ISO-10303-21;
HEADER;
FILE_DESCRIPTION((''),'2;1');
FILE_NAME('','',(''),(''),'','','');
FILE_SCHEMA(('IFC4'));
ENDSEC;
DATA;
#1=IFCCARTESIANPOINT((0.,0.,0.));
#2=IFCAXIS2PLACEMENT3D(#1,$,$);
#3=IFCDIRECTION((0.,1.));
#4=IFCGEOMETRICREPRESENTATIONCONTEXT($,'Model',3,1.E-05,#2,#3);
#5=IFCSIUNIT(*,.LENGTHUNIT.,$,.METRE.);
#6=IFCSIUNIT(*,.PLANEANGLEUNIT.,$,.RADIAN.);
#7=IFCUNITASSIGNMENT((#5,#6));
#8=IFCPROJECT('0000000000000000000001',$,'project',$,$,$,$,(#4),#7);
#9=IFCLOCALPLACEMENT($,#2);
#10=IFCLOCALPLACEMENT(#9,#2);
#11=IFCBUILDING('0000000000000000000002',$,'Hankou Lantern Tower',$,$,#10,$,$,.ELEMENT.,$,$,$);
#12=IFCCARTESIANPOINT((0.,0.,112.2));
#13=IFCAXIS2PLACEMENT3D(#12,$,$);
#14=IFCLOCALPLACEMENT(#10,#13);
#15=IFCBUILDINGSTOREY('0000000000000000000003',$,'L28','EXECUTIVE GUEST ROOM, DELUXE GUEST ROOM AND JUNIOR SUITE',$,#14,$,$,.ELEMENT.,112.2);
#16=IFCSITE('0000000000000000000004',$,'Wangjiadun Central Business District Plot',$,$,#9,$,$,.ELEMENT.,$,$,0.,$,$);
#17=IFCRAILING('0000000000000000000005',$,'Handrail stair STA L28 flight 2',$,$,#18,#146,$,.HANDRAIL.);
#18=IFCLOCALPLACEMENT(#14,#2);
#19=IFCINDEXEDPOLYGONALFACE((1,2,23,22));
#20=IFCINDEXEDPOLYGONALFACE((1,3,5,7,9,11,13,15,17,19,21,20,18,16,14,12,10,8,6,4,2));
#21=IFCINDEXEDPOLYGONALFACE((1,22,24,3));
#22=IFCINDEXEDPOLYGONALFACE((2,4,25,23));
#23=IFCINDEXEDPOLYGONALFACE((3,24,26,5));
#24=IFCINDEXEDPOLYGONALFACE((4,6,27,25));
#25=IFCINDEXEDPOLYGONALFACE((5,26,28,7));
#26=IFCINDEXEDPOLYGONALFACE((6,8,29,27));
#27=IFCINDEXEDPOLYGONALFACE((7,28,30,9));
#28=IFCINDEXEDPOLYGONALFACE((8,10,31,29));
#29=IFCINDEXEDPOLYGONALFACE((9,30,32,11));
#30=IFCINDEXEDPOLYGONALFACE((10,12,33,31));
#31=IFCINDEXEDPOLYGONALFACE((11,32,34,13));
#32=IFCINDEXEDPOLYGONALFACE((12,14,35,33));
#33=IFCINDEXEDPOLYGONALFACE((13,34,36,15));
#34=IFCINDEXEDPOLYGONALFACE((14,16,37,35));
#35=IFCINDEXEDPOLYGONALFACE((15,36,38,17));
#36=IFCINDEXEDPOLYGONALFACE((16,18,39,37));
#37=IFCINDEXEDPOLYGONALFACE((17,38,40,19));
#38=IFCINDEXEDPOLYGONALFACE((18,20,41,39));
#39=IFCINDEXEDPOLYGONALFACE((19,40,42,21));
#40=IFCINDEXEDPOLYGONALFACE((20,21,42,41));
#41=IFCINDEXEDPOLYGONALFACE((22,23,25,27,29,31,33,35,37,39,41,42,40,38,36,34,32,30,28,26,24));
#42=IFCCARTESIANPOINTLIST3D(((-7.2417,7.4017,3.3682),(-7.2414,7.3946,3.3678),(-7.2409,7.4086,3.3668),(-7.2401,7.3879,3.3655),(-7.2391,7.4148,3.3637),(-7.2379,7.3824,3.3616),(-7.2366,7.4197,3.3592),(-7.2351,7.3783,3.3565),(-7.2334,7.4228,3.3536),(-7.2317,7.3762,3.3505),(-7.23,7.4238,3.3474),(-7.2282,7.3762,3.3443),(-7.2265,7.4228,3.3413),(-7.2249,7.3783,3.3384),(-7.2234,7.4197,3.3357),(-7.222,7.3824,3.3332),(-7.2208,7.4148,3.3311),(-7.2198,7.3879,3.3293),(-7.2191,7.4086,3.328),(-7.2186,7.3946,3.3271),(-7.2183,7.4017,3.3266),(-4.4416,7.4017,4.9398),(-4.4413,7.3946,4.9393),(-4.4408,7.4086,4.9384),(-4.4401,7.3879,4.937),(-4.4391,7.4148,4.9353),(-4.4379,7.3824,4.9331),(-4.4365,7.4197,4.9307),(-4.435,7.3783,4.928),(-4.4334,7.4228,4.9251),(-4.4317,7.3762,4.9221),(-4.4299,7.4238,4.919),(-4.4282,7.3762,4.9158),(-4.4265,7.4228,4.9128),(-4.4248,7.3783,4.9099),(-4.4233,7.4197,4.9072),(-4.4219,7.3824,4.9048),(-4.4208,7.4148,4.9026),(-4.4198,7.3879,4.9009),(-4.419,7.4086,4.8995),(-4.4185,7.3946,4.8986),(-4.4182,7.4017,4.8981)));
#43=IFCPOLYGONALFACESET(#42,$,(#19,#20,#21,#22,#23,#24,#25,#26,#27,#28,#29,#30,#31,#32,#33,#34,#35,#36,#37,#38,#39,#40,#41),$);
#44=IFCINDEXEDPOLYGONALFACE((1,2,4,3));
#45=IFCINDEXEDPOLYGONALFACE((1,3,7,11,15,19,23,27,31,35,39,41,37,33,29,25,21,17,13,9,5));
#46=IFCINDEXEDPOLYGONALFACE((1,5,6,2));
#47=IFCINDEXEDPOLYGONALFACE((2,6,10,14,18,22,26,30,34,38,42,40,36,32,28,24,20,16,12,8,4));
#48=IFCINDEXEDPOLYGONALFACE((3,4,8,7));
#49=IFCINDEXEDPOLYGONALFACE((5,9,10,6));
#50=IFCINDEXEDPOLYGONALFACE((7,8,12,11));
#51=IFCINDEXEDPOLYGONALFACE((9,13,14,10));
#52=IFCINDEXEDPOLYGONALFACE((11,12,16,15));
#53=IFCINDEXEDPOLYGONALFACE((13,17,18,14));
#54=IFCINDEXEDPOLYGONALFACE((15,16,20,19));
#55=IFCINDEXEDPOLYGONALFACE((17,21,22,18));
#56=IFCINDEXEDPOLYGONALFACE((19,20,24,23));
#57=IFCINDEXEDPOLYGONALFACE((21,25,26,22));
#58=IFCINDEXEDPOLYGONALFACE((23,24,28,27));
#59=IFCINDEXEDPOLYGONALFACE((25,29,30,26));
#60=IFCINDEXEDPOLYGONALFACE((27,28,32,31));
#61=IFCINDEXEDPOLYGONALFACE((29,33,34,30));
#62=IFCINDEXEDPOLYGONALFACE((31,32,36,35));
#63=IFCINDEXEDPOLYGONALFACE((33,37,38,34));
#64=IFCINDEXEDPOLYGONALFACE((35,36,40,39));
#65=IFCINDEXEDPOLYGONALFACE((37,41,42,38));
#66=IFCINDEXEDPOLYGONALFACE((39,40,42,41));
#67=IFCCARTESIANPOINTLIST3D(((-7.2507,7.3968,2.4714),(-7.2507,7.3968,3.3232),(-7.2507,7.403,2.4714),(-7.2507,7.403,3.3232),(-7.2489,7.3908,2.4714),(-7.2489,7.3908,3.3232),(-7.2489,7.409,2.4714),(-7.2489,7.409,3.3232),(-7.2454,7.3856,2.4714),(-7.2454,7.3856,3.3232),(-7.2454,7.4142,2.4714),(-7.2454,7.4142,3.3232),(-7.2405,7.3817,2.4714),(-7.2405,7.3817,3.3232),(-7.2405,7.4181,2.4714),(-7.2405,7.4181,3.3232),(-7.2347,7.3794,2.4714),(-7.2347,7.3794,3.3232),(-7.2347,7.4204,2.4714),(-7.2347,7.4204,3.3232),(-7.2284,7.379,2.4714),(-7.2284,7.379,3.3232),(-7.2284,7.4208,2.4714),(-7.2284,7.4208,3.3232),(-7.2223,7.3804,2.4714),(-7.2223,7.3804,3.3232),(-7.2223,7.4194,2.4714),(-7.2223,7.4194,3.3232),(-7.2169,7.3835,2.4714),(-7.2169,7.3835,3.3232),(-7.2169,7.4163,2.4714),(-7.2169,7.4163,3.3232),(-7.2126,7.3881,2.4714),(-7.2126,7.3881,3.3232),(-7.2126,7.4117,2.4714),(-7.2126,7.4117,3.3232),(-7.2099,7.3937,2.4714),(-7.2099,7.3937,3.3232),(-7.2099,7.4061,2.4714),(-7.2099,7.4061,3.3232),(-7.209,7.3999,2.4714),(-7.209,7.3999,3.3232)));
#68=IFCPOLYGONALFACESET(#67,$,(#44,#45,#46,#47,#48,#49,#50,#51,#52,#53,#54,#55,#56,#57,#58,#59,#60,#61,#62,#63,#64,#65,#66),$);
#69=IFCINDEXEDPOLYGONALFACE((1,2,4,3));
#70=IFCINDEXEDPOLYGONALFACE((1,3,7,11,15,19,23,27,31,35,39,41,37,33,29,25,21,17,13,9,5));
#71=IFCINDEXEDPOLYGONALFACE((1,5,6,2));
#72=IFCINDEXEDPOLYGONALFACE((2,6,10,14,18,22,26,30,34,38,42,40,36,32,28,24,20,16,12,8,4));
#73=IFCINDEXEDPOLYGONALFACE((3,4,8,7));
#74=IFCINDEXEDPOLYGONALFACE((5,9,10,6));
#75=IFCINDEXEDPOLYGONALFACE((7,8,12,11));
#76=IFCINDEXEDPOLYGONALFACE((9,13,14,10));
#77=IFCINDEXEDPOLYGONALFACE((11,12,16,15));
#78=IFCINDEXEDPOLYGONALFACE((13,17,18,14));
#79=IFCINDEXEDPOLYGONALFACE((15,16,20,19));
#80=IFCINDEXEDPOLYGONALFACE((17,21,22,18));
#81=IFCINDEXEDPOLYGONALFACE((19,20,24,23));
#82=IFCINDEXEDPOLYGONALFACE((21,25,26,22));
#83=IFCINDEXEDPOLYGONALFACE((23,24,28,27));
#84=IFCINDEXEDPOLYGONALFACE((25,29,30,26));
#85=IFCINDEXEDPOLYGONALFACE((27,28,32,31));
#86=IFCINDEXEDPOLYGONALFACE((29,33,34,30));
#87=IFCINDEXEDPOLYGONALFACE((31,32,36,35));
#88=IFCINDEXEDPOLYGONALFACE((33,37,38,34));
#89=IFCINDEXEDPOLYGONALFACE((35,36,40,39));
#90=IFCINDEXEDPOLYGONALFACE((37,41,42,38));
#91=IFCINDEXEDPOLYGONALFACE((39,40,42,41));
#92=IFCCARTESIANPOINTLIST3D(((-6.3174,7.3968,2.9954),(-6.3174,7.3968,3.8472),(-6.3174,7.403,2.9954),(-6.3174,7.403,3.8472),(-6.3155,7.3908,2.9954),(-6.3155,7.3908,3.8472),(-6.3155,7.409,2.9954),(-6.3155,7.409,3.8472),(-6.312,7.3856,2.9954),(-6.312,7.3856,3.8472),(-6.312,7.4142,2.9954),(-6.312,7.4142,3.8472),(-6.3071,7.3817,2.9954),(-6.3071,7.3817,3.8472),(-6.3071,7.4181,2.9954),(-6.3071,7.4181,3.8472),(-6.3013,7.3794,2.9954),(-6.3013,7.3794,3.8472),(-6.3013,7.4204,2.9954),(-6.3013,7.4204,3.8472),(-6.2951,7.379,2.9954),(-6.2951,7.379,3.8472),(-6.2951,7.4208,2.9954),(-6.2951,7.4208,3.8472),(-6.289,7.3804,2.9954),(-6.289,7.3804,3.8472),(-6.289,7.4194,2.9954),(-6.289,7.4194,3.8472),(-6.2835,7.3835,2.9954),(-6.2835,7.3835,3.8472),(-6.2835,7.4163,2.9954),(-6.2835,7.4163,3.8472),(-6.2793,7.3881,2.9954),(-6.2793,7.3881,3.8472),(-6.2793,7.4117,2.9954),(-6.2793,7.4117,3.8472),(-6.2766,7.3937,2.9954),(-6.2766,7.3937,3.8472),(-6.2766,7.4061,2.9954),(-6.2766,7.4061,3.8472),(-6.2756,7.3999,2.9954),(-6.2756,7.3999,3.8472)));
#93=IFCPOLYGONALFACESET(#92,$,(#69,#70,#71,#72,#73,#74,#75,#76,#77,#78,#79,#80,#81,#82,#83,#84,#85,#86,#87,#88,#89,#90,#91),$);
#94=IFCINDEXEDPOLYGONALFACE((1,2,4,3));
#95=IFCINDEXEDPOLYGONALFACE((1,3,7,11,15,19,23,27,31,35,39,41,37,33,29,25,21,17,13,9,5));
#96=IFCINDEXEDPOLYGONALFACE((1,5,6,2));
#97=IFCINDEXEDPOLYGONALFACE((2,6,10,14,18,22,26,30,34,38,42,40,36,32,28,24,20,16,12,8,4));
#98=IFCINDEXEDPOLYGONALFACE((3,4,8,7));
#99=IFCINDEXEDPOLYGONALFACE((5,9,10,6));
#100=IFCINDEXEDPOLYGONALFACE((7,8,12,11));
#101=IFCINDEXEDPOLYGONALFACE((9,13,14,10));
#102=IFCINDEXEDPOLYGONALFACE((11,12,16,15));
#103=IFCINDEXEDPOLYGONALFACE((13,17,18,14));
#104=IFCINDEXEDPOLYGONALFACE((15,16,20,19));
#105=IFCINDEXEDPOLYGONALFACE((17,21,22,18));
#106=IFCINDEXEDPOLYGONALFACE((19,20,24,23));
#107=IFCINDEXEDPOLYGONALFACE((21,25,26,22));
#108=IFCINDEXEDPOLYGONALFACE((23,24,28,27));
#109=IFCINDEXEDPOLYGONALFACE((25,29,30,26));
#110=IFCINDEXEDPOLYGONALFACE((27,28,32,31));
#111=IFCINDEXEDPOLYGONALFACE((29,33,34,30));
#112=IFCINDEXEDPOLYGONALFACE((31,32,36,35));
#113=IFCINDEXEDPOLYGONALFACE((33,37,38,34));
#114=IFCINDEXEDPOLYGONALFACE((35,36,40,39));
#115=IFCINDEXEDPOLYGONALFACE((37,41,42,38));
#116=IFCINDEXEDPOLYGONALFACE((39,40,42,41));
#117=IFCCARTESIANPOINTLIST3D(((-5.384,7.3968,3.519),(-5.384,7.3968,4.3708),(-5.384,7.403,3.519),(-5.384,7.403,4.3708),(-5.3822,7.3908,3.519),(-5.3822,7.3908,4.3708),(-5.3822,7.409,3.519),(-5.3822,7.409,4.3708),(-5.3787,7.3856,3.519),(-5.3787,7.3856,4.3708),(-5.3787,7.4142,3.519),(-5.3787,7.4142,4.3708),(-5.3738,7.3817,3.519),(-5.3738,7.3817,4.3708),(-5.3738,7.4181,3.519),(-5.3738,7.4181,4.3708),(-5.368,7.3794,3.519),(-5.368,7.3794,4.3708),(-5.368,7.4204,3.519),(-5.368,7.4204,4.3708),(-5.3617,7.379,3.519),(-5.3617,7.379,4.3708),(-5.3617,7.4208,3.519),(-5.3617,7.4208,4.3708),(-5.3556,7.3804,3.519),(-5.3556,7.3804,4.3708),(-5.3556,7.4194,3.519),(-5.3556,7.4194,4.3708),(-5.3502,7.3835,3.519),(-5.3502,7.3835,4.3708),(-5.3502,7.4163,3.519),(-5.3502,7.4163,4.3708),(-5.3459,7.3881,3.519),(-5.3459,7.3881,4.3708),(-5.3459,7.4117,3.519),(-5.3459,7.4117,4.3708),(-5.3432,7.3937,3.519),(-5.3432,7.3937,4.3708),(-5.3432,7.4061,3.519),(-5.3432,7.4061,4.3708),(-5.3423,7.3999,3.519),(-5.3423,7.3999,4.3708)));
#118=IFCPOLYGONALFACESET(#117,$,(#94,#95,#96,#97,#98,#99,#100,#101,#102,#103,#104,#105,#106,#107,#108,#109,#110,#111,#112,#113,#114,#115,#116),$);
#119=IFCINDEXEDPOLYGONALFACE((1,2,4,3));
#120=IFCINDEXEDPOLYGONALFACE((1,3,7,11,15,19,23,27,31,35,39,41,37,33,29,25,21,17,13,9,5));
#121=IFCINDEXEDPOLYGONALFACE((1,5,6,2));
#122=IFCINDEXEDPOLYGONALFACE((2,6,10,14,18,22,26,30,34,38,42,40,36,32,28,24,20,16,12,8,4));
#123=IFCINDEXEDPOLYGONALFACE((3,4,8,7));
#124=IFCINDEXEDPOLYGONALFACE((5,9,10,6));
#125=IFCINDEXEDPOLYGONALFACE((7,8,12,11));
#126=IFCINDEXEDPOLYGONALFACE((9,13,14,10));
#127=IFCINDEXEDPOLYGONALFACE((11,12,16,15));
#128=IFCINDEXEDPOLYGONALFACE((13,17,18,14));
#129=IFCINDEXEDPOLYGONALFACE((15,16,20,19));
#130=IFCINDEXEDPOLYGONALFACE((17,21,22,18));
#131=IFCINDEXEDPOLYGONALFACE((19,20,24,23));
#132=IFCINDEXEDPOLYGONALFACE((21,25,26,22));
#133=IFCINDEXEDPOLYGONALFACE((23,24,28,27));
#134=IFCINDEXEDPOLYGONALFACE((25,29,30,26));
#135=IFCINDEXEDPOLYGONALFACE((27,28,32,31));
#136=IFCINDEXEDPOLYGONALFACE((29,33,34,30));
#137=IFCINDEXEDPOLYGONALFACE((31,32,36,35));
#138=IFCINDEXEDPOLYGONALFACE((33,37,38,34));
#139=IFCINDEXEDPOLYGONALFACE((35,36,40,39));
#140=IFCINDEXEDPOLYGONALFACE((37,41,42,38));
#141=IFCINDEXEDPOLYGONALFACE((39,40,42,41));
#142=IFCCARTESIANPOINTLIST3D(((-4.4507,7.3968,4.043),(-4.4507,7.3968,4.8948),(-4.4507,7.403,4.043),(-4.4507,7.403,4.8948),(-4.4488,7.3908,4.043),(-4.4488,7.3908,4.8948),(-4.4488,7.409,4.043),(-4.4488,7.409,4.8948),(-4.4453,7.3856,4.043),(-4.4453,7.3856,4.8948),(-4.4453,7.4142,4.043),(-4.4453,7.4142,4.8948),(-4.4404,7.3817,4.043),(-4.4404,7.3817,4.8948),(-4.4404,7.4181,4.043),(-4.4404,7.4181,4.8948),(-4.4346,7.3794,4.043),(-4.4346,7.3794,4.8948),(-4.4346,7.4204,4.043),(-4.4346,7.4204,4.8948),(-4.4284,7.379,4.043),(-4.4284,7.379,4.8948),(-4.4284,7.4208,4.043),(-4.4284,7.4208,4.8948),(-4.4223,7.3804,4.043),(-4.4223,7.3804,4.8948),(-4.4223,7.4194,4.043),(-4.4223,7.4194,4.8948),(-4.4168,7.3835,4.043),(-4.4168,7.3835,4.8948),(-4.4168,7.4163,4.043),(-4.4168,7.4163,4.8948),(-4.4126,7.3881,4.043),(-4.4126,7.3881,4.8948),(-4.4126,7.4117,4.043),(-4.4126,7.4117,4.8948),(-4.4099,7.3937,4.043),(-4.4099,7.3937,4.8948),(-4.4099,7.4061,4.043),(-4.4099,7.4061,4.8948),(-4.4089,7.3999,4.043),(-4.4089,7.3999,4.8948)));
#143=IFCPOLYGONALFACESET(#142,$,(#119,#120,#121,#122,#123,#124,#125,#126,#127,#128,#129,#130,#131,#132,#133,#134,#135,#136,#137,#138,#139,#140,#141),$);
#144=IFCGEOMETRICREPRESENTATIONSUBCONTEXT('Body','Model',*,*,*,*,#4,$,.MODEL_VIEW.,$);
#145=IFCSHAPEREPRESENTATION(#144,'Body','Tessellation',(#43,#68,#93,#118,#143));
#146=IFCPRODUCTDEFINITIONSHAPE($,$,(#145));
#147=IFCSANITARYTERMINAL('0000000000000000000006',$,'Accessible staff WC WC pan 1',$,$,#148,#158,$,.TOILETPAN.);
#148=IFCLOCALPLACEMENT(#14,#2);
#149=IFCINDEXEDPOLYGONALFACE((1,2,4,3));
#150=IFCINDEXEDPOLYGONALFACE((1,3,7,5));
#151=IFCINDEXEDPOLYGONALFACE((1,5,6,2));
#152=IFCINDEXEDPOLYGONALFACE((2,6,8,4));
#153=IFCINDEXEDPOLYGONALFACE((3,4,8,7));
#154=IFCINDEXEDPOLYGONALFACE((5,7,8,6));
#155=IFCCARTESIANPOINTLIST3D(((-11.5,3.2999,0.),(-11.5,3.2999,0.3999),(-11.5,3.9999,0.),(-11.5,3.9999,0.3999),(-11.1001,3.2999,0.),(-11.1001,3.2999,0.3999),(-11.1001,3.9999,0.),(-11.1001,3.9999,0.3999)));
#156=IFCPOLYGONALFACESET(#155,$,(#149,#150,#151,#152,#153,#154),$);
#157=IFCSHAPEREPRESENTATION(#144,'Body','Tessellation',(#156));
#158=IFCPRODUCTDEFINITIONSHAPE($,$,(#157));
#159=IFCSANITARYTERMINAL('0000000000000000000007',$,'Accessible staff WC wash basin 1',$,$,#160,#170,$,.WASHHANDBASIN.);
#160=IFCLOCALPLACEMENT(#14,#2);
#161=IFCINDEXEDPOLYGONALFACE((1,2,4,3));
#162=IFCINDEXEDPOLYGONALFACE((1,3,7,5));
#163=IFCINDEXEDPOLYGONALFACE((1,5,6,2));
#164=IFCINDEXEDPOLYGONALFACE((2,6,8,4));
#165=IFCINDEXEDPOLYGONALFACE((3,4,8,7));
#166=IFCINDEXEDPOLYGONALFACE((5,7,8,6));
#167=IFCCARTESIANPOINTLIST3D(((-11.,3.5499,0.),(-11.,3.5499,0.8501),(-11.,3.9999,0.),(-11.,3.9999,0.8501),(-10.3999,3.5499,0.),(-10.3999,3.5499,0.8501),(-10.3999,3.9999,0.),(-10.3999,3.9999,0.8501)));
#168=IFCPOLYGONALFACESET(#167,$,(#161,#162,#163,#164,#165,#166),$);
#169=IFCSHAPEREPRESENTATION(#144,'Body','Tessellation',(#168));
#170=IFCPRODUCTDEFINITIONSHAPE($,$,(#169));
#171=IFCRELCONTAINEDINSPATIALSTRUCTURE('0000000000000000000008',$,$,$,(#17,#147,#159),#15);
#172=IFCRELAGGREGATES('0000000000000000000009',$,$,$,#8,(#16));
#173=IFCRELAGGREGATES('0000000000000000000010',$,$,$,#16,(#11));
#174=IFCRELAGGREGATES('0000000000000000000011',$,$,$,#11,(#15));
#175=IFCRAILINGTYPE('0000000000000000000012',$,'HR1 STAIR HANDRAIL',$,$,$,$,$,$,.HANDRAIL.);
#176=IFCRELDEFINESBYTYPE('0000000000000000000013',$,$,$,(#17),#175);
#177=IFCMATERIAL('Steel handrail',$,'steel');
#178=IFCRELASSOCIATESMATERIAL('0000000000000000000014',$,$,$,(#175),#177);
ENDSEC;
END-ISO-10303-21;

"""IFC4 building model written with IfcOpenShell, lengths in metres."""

from ifc_helpers import new_model, si_unit, direction, frame, origin, origin_2d, place, context, subcontext, project, spatial, rectangle, circle, extrude, material, type_object, element, save


model = new_model("IFC4")

# Units and contexts
model_context = context("Model", 3, precision=1e-05, world=origin(), true_north=direction((0.0, 1.0)))
body_context = subcontext(model_context, "Body", "Model", "MODEL_VIEW")
ifc_project = project(units=[si_unit("LENGTHUNIT", "METRE"), si_unit("PLANEANGLEUNIT", "RADIAN")], contexts=[model_context])

# Site, building, storey
site_placement = place(None, origin())
site = spatial("IfcSite", under=ifc_project, at=site_placement, Name="Wangjiadun Central Business District Plot", CompositionType="ELEMENT", RefElevation=0.0)
building_placement = place(site_placement, origin())
building = spatial("IfcBuilding", under=site, at=building_placement, Name="Hankou Lantern Tower", CompositionType="ELEMENT")
storey_placement = place(building_placement, frame((0.0, 0.0, 112.2)))
storey = spatial("IfcBuildingStorey", under=building, at=storey_placement, Name="L28", Description="EXECUTIVE GUEST ROOM, DELUXE GUEST ROOM AND JUNIOR SUITE", CompositionType="ELEMENT", Elevation=112.2)

# Railing
ifc_material_1 = material(Name="Steel handrail", Category="steel")
railing_type = type_object("IfcRailingType", Name="HR1 STAIR HANDRAIL", PredefinedType="HANDRAIL", material=ifc_material_1)
railing_1_placement = place(storey_placement, frame((-7.23, 7.3999, 2.4714)))
element("IfcRailing", 1, at=railing_1_placement, inside=storey, type_object=railing_type, Name="Handrail stair STA L28 flight 2", PredefinedType="HANDRAIL", context=body_context, shape_type="SweptSolid", body=[
    extrude(circle(Radius=0.0239, at=origin_2d()), frame((0.0, 0.0, 0.876), z_axis=(0.87204, 0.0, 0.489434), x_axis=(0.0, 1.0, 0.0)), (0.0, 0.0, 1.0), 3.2109),
    extrude(circle(Radius=0.021, at=origin_2d()), origin(), (0.0, 0.0, 1.0), 0.8518),
    extrude(circle(Radius=0.021, at=origin_2d()), frame((0.9333, 0.0, 0.5239)), (0.0, 0.0, 1.0), 0.8518),
    extrude(circle(Radius=0.021, at=origin_2d()), frame((1.8667, 0.0, 1.0476)), (0.0, 0.0, 1.0), 0.8518),
    extrude(circle(Radius=0.021, at=origin_2d()), frame((2.8, 0.0, 1.5715)), (0.0, 0.0, 1.0), 0.8518),
])

# Sanitary terminals
sanitary_terminal_1_placement = place(storey_placement, frame((-11.3, 3.6499, 0.0), z_axis=(0.0, 0.0, 1.0), x_axis=(1.0, 0.0, 0.0)))
element("IfcSanitaryTerminal", 2, at=sanitary_terminal_1_placement, inside=storey, Name="Accessible staff WC WC pan 1", PredefinedType="TOILETPAN", context=body_context, shape_type="SweptSolid", body=[
    extrude(rectangle(XDim=0.3999, YDim=0.7, at=origin_2d()), origin(), (0.0, 0.0, 1.0), 0.3999),
])
sanitary_terminal_2_placement = place(storey_placement, frame((-10.7, 3.7749, 0.0), z_axis=(0.0, 0.0, 1.0), x_axis=(1.0, 0.0, 0.0)))
element("IfcSanitaryTerminal", 3, at=sanitary_terminal_2_placement, inside=storey, Name="Accessible staff WC wash basin 1", PredefinedType="WASHHANDBASIN", context=body_context, shape_type="SweptSolid", body=[
    extrude(rectangle(XDim=0.6001, YDim=0.45, at=origin_2d()), origin(), (0.0, 0.0, 1.0), 0.8501),
])

save(model, "model.ifc")
